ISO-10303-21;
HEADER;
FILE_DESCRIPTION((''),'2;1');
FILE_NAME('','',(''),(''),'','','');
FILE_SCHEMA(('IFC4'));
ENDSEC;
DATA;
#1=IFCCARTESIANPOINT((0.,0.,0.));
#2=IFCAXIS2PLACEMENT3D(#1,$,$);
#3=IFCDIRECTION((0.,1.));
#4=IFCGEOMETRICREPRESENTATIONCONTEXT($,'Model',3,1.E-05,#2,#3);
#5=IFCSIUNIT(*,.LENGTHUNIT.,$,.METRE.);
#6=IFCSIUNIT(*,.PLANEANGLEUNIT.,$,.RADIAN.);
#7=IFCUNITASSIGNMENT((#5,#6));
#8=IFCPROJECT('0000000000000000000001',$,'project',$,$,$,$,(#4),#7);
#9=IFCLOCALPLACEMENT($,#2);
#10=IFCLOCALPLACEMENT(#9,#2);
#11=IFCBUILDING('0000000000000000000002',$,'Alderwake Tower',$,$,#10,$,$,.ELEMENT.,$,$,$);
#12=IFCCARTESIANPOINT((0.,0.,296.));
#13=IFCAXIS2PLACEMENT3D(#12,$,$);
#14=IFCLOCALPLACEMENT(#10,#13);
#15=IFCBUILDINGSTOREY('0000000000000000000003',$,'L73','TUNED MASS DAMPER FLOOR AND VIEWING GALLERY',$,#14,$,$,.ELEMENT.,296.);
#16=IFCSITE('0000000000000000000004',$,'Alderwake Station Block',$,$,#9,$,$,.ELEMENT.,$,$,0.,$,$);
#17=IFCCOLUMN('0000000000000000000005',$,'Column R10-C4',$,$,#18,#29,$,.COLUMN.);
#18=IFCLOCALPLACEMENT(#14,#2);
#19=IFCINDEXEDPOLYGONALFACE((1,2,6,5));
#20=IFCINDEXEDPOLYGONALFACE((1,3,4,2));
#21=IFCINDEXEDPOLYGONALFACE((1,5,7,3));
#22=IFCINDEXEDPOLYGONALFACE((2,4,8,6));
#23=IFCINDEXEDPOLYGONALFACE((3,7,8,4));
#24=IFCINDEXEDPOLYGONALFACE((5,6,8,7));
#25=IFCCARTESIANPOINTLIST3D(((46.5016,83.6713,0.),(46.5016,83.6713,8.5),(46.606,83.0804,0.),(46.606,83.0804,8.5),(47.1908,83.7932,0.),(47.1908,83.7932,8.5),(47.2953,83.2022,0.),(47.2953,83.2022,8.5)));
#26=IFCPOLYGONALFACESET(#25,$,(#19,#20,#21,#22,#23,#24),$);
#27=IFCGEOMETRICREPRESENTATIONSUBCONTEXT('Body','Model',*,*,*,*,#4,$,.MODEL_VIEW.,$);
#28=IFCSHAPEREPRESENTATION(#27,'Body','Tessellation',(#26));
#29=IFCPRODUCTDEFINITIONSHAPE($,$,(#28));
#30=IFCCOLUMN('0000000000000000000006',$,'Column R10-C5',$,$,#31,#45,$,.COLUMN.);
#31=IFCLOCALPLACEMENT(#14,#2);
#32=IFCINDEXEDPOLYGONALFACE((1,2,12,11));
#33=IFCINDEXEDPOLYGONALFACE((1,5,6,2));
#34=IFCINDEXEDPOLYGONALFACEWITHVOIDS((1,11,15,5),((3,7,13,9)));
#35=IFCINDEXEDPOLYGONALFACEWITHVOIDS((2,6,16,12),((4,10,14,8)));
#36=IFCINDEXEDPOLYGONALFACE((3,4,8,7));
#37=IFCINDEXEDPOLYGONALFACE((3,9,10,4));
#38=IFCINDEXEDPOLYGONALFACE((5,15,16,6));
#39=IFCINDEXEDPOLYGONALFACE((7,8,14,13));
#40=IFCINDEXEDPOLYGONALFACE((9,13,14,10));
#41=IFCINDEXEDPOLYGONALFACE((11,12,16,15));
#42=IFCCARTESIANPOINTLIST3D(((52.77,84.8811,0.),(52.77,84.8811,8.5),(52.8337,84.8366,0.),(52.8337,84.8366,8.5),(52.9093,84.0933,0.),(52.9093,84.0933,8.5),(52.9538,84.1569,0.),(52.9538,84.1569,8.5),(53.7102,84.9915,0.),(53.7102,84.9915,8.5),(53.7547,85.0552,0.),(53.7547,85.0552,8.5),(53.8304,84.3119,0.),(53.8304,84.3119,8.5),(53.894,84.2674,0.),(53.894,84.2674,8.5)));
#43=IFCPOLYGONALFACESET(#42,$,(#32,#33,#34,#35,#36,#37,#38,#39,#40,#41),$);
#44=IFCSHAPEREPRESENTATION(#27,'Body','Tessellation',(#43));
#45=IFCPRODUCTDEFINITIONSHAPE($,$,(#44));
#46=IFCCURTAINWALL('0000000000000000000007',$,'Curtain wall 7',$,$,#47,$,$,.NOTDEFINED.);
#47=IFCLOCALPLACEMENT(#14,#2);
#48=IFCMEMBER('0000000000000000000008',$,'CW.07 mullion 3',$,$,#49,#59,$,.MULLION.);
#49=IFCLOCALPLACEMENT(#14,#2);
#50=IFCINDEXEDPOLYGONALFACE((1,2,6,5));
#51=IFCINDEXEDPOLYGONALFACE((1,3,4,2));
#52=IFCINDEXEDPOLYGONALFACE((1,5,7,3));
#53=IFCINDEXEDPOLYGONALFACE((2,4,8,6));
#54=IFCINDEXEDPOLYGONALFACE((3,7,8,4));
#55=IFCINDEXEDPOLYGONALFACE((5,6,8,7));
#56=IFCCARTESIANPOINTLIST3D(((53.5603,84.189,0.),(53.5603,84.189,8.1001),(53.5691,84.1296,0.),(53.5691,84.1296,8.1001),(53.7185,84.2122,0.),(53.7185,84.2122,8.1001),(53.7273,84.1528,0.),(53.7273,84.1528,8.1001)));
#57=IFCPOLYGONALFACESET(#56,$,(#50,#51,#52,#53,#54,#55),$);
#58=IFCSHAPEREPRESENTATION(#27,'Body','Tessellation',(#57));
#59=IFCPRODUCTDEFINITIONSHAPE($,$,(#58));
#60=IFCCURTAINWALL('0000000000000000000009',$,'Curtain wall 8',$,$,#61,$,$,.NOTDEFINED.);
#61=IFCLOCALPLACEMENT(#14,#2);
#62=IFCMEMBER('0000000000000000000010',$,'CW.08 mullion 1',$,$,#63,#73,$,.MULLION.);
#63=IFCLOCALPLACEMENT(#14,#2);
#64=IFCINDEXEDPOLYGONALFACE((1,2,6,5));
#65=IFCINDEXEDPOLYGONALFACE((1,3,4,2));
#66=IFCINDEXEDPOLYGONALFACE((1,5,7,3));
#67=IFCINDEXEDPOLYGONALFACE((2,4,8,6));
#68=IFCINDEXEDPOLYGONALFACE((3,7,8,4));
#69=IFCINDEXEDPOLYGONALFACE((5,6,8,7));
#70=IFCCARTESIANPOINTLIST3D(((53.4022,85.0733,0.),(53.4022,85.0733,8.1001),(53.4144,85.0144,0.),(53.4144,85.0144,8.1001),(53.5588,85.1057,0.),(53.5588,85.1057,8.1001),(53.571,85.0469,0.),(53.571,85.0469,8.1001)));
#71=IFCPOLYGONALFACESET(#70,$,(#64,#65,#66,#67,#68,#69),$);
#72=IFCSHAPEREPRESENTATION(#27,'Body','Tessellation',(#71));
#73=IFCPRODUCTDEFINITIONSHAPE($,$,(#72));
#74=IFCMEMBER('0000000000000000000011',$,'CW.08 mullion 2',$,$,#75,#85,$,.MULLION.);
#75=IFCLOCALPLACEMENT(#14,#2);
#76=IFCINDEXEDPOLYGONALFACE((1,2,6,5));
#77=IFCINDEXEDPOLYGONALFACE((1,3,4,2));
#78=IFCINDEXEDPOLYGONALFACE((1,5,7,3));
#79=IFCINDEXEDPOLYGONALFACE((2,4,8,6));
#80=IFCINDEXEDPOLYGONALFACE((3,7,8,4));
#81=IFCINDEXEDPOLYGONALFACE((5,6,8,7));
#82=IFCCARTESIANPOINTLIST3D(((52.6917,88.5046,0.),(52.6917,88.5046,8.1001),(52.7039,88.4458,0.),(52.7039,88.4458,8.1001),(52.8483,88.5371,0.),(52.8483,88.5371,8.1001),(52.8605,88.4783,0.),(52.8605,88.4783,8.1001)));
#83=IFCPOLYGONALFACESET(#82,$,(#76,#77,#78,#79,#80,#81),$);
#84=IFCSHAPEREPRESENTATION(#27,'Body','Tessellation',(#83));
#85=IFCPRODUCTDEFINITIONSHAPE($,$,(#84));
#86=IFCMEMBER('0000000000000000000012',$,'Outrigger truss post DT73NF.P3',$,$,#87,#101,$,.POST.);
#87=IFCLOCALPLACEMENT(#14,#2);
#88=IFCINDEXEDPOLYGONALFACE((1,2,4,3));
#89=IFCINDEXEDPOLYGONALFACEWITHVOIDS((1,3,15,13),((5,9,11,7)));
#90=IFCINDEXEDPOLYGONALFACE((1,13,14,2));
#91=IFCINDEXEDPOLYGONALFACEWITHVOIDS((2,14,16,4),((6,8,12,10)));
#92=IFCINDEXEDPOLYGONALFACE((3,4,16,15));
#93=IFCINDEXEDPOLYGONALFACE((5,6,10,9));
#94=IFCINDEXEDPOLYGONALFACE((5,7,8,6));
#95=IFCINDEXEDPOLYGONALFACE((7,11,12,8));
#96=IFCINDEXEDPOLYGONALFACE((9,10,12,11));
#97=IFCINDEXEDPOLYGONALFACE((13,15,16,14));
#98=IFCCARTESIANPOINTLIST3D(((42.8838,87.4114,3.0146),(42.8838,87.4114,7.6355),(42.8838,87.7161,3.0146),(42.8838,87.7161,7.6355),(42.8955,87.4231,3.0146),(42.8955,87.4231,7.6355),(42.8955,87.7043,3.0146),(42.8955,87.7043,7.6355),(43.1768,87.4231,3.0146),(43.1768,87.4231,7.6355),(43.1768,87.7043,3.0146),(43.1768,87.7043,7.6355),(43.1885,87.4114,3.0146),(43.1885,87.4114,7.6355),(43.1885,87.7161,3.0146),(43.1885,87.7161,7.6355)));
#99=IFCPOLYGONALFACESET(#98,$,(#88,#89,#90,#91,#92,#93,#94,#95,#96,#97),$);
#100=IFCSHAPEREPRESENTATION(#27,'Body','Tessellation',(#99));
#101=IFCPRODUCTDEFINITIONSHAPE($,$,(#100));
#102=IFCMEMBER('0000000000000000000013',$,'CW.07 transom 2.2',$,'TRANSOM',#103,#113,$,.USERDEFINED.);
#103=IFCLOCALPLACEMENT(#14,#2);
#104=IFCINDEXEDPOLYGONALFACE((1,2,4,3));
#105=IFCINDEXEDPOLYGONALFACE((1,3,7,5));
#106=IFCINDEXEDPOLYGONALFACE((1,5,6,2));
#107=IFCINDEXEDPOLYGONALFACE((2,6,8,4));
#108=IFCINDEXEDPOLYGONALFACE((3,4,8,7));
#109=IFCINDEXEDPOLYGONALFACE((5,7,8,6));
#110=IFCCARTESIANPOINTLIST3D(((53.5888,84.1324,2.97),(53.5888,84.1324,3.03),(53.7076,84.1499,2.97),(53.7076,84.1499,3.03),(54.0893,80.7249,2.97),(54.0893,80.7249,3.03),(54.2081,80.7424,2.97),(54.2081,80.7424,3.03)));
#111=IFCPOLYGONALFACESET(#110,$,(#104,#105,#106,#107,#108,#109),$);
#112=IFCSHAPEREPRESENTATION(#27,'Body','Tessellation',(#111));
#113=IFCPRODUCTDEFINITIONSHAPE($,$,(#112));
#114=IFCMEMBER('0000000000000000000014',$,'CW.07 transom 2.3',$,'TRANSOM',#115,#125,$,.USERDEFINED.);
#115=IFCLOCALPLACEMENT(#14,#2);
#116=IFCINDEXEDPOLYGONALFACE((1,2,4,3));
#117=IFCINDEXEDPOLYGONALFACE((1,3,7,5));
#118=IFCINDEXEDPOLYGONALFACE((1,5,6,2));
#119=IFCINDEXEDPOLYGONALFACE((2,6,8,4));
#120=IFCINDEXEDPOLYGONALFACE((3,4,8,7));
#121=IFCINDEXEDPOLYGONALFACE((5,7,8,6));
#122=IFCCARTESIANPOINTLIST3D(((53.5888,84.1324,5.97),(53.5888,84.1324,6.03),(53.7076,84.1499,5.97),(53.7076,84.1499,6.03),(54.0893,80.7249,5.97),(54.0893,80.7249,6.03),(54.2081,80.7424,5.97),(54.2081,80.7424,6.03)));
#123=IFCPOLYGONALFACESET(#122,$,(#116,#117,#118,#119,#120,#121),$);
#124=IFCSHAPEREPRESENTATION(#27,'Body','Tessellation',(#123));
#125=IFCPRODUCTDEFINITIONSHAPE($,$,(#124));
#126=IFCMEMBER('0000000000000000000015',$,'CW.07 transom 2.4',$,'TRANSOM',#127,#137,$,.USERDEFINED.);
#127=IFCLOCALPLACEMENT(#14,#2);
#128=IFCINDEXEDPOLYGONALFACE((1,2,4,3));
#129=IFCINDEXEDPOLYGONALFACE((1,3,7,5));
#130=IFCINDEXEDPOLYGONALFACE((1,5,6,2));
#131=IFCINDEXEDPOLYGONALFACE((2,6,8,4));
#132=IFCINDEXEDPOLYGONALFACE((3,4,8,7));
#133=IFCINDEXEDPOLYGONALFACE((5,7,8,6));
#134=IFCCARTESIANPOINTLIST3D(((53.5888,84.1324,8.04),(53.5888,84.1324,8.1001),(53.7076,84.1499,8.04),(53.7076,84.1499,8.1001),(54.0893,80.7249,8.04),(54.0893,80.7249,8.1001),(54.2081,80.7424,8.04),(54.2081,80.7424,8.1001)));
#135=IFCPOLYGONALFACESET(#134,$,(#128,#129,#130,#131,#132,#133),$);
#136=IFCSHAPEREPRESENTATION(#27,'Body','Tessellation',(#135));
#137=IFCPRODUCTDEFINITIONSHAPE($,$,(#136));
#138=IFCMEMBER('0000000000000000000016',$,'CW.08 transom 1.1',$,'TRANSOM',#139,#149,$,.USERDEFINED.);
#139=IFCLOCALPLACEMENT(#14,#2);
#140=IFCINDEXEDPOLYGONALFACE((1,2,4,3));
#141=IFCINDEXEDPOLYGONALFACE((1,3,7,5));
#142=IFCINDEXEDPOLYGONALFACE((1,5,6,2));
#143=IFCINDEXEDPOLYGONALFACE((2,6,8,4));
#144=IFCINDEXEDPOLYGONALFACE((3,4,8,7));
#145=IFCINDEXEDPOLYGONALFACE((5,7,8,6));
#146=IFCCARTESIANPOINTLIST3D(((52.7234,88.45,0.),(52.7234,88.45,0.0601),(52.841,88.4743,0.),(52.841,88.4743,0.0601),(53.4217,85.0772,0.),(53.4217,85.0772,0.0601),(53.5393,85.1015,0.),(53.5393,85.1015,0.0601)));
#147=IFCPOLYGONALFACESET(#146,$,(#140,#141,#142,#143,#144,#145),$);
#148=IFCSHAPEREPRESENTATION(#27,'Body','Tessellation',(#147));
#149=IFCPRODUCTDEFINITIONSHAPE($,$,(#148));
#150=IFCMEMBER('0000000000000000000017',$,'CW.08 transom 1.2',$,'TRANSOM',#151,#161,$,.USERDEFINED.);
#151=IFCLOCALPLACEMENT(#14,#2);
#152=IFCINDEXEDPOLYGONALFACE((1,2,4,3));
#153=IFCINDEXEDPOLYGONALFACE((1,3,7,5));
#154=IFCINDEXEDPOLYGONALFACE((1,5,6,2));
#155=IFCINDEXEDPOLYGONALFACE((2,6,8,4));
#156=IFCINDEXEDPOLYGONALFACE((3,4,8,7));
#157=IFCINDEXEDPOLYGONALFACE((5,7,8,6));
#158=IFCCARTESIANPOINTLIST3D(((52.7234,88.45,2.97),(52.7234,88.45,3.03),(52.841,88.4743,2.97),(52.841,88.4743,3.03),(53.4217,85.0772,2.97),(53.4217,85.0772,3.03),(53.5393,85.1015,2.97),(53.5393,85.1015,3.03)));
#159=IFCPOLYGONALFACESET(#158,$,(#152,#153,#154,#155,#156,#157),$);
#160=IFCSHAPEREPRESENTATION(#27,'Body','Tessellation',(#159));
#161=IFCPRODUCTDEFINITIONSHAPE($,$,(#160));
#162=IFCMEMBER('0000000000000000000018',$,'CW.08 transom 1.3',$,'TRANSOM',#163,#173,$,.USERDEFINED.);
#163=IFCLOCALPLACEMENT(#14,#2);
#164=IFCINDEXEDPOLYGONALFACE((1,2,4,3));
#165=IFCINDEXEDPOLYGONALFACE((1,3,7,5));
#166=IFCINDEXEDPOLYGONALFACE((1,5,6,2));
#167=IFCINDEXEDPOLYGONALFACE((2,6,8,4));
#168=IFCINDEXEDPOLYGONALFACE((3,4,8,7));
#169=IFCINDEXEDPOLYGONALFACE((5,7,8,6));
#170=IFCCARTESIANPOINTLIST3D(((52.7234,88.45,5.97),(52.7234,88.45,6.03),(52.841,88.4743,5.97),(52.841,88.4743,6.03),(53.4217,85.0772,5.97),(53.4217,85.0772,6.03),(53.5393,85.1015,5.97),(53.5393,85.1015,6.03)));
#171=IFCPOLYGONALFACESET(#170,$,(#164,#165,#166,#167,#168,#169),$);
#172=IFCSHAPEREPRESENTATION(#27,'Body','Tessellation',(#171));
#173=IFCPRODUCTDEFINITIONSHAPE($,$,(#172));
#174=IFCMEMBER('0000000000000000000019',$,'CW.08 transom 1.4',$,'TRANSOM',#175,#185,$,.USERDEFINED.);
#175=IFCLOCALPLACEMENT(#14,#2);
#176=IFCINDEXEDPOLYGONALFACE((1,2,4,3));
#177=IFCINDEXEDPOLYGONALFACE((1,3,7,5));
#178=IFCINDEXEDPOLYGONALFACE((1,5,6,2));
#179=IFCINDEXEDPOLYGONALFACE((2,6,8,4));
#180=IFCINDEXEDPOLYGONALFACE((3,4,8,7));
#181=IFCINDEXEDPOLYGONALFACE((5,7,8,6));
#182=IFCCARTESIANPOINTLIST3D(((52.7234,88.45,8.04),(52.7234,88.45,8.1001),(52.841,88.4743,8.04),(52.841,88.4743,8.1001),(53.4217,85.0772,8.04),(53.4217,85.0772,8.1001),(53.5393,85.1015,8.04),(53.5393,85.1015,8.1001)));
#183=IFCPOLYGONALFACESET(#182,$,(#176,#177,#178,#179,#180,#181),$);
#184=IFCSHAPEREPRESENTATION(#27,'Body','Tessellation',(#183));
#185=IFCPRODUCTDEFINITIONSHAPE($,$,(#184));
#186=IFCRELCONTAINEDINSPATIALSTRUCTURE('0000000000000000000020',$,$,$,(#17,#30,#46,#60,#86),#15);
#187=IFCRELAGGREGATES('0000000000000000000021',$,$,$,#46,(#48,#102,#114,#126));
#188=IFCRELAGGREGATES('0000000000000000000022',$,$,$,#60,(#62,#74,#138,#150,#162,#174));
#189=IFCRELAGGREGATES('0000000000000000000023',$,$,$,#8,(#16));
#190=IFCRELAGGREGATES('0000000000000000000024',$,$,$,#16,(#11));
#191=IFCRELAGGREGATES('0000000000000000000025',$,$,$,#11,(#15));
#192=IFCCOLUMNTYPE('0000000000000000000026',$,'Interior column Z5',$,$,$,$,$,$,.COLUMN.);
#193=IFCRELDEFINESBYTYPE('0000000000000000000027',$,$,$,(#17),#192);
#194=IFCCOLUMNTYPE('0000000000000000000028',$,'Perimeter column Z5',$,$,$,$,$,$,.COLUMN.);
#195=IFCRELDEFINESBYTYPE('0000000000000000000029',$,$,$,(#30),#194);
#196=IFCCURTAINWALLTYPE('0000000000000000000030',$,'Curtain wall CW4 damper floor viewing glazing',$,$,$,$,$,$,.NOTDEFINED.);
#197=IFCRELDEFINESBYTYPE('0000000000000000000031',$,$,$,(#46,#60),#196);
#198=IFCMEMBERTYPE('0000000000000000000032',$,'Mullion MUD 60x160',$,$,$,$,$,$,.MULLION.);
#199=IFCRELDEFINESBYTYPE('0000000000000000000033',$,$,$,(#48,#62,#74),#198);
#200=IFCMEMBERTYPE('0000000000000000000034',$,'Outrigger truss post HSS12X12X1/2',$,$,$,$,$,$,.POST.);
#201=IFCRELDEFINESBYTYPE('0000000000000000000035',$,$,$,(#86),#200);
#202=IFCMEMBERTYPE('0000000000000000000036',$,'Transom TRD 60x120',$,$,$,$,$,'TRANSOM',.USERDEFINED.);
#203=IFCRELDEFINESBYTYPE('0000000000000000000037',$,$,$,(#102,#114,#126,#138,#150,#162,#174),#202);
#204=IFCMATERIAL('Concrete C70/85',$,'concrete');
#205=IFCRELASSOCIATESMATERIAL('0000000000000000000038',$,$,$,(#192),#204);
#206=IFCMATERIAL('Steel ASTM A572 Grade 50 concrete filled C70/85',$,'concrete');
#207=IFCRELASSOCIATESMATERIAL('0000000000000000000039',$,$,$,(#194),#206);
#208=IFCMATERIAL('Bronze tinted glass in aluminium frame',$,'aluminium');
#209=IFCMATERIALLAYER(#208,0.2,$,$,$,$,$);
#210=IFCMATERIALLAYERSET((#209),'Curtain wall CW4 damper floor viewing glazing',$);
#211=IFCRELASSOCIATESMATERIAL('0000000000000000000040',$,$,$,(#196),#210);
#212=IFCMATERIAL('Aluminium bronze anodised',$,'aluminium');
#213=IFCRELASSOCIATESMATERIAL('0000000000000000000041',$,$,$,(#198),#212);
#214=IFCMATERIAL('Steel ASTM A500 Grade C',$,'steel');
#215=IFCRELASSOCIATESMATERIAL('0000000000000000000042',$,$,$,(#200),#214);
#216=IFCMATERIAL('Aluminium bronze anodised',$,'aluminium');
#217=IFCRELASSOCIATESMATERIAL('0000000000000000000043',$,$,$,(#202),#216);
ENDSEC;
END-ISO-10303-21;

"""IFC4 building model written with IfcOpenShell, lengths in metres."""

from ifc_helpers import new_model, si_unit, direction, frame, origin, origin_2d, place, context, subcontext, project, spatial, rectangle, hollow_rectangle, extrude, material, layer, layer_set, material_profile, profile_set, type_object, element, aggregate, save


model = new_model("IFC4")

# Units and contexts
model_context = context("Model", 3, precision=1e-05, world=origin(), true_north=direction((0.0, 1.0)))
body_context = subcontext(model_context, "Body", "Model", "MODEL_VIEW")
ifc_project = project(units=[si_unit("LENGTHUNIT", "METRE"), si_unit("PLANEANGLEUNIT", "RADIAN")], contexts=[model_context])

# Site, building, storey
site_placement = place(None, origin())
site = spatial("IfcSite", under=ifc_project, at=site_placement, Name="Alderwake Station Block", CompositionType="ELEMENT", RefElevation=0.0)
building_placement = place(site_placement, origin())
building = spatial("IfcBuilding", under=site, at=building_placement, Name="Alderwake Tower", CompositionType="ELEMENT")
storey_placement = place(building_placement, frame((0.0, 0.0, 296.0)))
storey = spatial("IfcBuildingStorey", under=building, at=storey_placement, Name="L73", Description="TUNED MASS DAMPER FLOOR AND VIEWING GALLERY", CompositionType="ELEMENT", Elevation=296.0)

# Columns
ifc_material_1 = material(Name="Concrete C70/85", Category="concrete")
ifc_material_profile_1 = material_profile(ifc_material_1, rectangle(XDim=0.6001, YDim=0.7, at=origin_2d()), Name="RC 700X600")
ifc_profile_set_1 = profile_set([ifc_material_profile_1], Name="Concrete C70/85")
column_type_1 = type_object("IfcColumnType", Name="Interior column Z5", PredefinedType="COLUMN", material=ifc_profile_set_1)
column_1_placement = place(storey_placement, frame((46.8984, 83.4368, 0.0), z_axis=(0.0, 0.0, 1.0), x_axis=(-0.174107, 0.984727, 0.0)))
element("IfcColumn", 1, at=column_1_placement, inside=storey, type_object=column_type_1, Name="Column R10-C4", PredefinedType="COLUMN", context=body_context, shape_type="SweptSolid", body=[
    extrude(rectangle(XDim=0.6001, YDim=0.7, at=origin_2d()), origin(), (0.0, 0.0, 1.0), 8.5),
])
ifc_material_2 = material(Name="Steel ASTM A572 Grade 50 concrete filled C70/85", Category="concrete")
ifc_material_profile_2 = material_profile(ifc_material_2, hollow_rectangle(XDim=0.8, YDim=1.0, WallThickness=0.0549, at=origin_2d()), Name="BOX 1000X800X55")
ifc_profile_set_2 = profile_set([ifc_material_profile_2], Name="Steel ASTM A572 Grade 50 concrete filled C70/85")
column_type_2 = type_object("IfcColumnType", Name="Perimeter column Z5", PredefinedType="COLUMN", material=ifc_profile_set_2)
column_2_placement = place(storey_placement, frame((53.332, 84.5742, 0.0), z_axis=(0.0, 0.0, 1.0), x_axis=(-0.174107, 0.984727, 0.0)))
element("IfcColumn", 2, at=column_2_placement, inside=storey, type_object=column_type_2, Name="Column R10-C5", PredefinedType="COLUMN", context=body_context, shape_type="SweptSolid", body=[
    extrude(hollow_rectangle(XDim=0.8, YDim=1.0, WallThickness=0.0549, at=origin_2d()), origin(), (0.0, 0.0, 1.0), 8.5),
])

# Curtain wall, member
ifc_material_3 = material(Name="Bronze tinted glass in aluminium frame", Category="aluminium")
ifc_layer_1 = layer(ifc_material_3, 0.2)
ifc_layer_set_1 = layer_set([ifc_layer_1], Name="Curtain wall CW4 damper floor viewing glazing")
curtain_wall_type = type_object("IfcCurtainWallType", Name="Curtain wall CW4 damper floor viewing glazing", PredefinedType="NOTDEFINED", material=ifc_layer_set_1)
curtain_wall_1_placement = place(storey_placement, origin())
curtain_wall_1 = element("IfcCurtainWall", 3, at=curtain_wall_1_placement, inside=storey, type_object=curtain_wall_type, Name="Curtain wall 7", PredefinedType="NOTDEFINED")
ifc_material_4 = material(Name="Aluminium bronze anodised", Category="aluminium")
ifc_material_profile_3 = material_profile(ifc_material_4, rectangle(XDim=0.1599, YDim=0.0601, at=origin_2d()), Name="Mullion MUD 60x160")
ifc_profile_set_3 = profile_set([ifc_material_profile_3], Name="Aluminium bronze anodised")
member_type_1 = type_object("IfcMemberType", Name="Mullion MUD 60x160", PredefinedType="MULLION", material=ifc_profile_set_3)
member_1_placement = place(storey_placement, frame((53.6438, 84.1709, 0.0), z_axis=(0.0, 0.0, 1.0), x_axis=(-0.989386, -0.14531, 0.0)))
member_1 = element("IfcMember", 4, at=member_1_placement, type_object=member_type_1, Name="CW.07 mullion 3", PredefinedType="MULLION", context=body_context, shape_type="SweptSolid", body=[
    extrude(rectangle(XDim=0.1599, YDim=0.0601, at=origin_2d()), origin(), (0.0, 0.0, 1.0), 8.1001),
])

# Curtain wall, members
curtain_wall_2_placement = place(storey_placement, origin())
curtain_wall_2 = element("IfcCurtainWall", 5, at=curtain_wall_2_placement, inside=storey, type_object=curtain_wall_type, Name="Curtain wall 8", PredefinedType="NOTDEFINED")
member_2_placement = place(storey_placement, frame((53.4866, 85.0601, 0.0), z_axis=(0.0, 0.0, 1.0), x_axis=(-0.979228, -0.202761, 0.0)))
member_2 = element("IfcMember", 6, at=member_2_placement, type_object=member_type_1, Name="CW.08 mullion 1", PredefinedType="MULLION", context=body_context, shape_type="SweptSolid", body=[
    extrude(rectangle(XDim=0.1599, YDim=0.0601, at=origin_2d()), origin(), (0.0, 0.0, 1.0), 8.1001),
])
member_3_placement = place(storey_placement, frame((52.7761, 88.4915, 0.0), z_axis=(0.0, 0.0, 1.0), x_axis=(-0.979228, -0.202761, 0.0)))
member_3 = element("IfcMember", 7, at=member_3_placement, type_object=member_type_1, Name="CW.08 mullion 2", PredefinedType="MULLION", context=body_context, shape_type="SweptSolid", body=[
    extrude(rectangle(XDim=0.1599, YDim=0.0601, at=origin_2d()), origin(), (0.0, 0.0, 1.0), 8.1001),
])

# Members
ifc_material_5 = material(Name="Steel ASTM A500 Grade C", Category="steel")
ifc_material_profile_4 = material_profile(ifc_material_5, hollow_rectangle(XDim=0.3047, YDim=0.3047, WallThickness=0.0117, at=origin_2d()), Name="HSS12X12X1/2")
ifc_profile_set_4 = profile_set([ifc_material_profile_4], Name="Steel ASTM A500 Grade C")
member_type_2 = type_object("IfcMemberType", Name="Outrigger truss post HSS12X12X1/2", PredefinedType="POST", material=ifc_profile_set_4)
member_4_placement = place(storey_placement, frame((43.0361, 87.5637, 3.0146), z_axis=(0.0, 0.0, 1.0), x_axis=(1.0, 0.0, 0.0)))
element("IfcMember", 8, at=member_4_placement, inside=storey, type_object=member_type_2, Name="Outrigger truss post DT73NF.P3", PredefinedType="POST", context=body_context, shape_type="SweptSolid", body=[
    extrude(hollow_rectangle(XDim=0.3047, YDim=0.3047, WallThickness=0.0117, at=origin_2d()), origin(), (0.0, 0.0, 1.0), 4.6208),
])
ifc_material_6 = material(Name="Aluminium bronze anodised", Category="aluminium")
ifc_material_profile_5 = material_profile(ifc_material_6, rectangle(XDim=0.1201, YDim=0.0601, at=origin_2d()), Name="Transom TRD 60x120")
ifc_profile_set_5 = profile_set([ifc_material_profile_5], Name="Aluminium bronze anodised")
member_type_3 = type_object("IfcMemberType", Name="Transom TRD 60x120", ElementType="TRANSOM", PredefinedType="USERDEFINED", material=ifc_profile_set_5)
member_5_placement = place(storey_placement, frame((54.1487, 80.7336, 3.0), z_axis=(-0.145321, 0.989385, 0.0), x_axis=(-0.989385, -0.145321, 0.0)))
member_5 = element("IfcMember", 9, at=member_5_placement, type_object=member_type_3, Name="CW.07 transom 2.2", ObjectType="TRANSOM", PredefinedType="USERDEFINED", context=body_context, shape_type="SweptSolid", body=[
    extrude(rectangle(XDim=0.1201, YDim=0.0601, at=origin_2d()), origin(), (0.0, 0.0, 1.0), 3.4441),
])
member_6_placement = place(storey_placement, frame((54.1487, 80.7336, 6.0), z_axis=(-0.145321, 0.989385, 0.0), x_axis=(-0.989385, -0.145321, 0.0)))
member_6 = element("IfcMember", 10, at=member_6_placement, type_object=member_type_3, Name="CW.07 transom 2.3", ObjectType="TRANSOM", PredefinedType="USERDEFINED", context=body_context, shape_type="SweptSolid", body=[
    extrude(rectangle(XDim=0.1201, YDim=0.0601, at=origin_2d()), origin(), (0.0, 0.0, 1.0), 3.4441),
])
member_7_placement = place(storey_placement, frame((54.1487, 80.7336, 8.0701), z_axis=(-0.145321, 0.989385, 0.0), x_axis=(-0.989385, -0.145321, 0.0)))
member_7 = element("IfcMember", 11, at=member_7_placement, type_object=member_type_3, Name="CW.07 transom 2.4", ObjectType="TRANSOM", PredefinedType="USERDEFINED", context=body_context, shape_type="SweptSolid", body=[
    extrude(rectangle(XDim=0.1201, YDim=0.0601, at=origin_2d()), origin(), (0.0, 0.0, 1.0), 3.4441),
])
member_8_placement = place(storey_placement, frame((53.4805, 85.0894, 0.03), z_axis=(-0.202723, 0.979236, 0.0), x_axis=(-0.979236, -0.202723, 0.0)))
member_8 = element("IfcMember", 12, at=member_8_placement, type_object=member_type_3, Name="CW.08 transom 1.1", ObjectType="TRANSOM", PredefinedType="USERDEFINED", context=body_context, shape_type="SweptSolid", body=[
    extrude(rectangle(XDim=0.1201, YDim=0.0601, at=origin_2d()), origin(), (0.0, 0.0, 1.0), 3.4443),
])
member_9_placement = place(storey_placement, frame((53.4805, 85.0894, 3.0), z_axis=(-0.202723, 0.979236, 0.0), x_axis=(-0.979236, -0.202723, 0.0)))
member_9 = element("IfcMember", 13, at=member_9_placement, type_object=member_type_3, Name="CW.08 transom 1.2", ObjectType="TRANSOM", PredefinedType="USERDEFINED", context=body_context, shape_type="SweptSolid", body=[
    extrude(rectangle(XDim=0.1201, YDim=0.0601, at=origin_2d()), origin(), (0.0, 0.0, 1.0), 3.4443),
])
member_10_placement = place(storey_placement, frame((53.4805, 85.0894, 6.0), z_axis=(-0.202723, 0.979236, 0.0), x_axis=(-0.979236, -0.202723, 0.0)))
member_10 = element("IfcMember", 14, at=member_10_placement, type_object=member_type_3, Name="CW.08 transom 1.3", ObjectType="TRANSOM", PredefinedType="USERDEFINED", context=body_context, shape_type="SweptSolid", body=[
    extrude(rectangle(XDim=0.1201, YDim=0.0601, at=origin_2d()), origin(), (0.0, 0.0, 1.0), 3.4443),
])
member_11_placement = place(storey_placement, frame((53.4805, 85.0894, 8.0701), z_axis=(-0.202723, 0.979236, 0.0), x_axis=(-0.979236, -0.202723, 0.0)))
member_11 = element("IfcMember", 15, at=member_11_placement, type_object=member_type_3, Name="CW.08 transom 1.4", ObjectType="TRANSOM", PredefinedType="USERDEFINED", context=body_context, shape_type="SweptSolid", body=[
    extrude(rectangle(XDim=0.1201, YDim=0.0601, at=origin_2d()), origin(), (0.0, 0.0, 1.0), 3.4443),
])

aggregate(curtain_wall_1, [member_1, member_5, member_6, member_7])
aggregate(curtain_wall_2, [member_2, member_3, member_8, member_9, member_10, member_11])

save(model, "model.ifc")
